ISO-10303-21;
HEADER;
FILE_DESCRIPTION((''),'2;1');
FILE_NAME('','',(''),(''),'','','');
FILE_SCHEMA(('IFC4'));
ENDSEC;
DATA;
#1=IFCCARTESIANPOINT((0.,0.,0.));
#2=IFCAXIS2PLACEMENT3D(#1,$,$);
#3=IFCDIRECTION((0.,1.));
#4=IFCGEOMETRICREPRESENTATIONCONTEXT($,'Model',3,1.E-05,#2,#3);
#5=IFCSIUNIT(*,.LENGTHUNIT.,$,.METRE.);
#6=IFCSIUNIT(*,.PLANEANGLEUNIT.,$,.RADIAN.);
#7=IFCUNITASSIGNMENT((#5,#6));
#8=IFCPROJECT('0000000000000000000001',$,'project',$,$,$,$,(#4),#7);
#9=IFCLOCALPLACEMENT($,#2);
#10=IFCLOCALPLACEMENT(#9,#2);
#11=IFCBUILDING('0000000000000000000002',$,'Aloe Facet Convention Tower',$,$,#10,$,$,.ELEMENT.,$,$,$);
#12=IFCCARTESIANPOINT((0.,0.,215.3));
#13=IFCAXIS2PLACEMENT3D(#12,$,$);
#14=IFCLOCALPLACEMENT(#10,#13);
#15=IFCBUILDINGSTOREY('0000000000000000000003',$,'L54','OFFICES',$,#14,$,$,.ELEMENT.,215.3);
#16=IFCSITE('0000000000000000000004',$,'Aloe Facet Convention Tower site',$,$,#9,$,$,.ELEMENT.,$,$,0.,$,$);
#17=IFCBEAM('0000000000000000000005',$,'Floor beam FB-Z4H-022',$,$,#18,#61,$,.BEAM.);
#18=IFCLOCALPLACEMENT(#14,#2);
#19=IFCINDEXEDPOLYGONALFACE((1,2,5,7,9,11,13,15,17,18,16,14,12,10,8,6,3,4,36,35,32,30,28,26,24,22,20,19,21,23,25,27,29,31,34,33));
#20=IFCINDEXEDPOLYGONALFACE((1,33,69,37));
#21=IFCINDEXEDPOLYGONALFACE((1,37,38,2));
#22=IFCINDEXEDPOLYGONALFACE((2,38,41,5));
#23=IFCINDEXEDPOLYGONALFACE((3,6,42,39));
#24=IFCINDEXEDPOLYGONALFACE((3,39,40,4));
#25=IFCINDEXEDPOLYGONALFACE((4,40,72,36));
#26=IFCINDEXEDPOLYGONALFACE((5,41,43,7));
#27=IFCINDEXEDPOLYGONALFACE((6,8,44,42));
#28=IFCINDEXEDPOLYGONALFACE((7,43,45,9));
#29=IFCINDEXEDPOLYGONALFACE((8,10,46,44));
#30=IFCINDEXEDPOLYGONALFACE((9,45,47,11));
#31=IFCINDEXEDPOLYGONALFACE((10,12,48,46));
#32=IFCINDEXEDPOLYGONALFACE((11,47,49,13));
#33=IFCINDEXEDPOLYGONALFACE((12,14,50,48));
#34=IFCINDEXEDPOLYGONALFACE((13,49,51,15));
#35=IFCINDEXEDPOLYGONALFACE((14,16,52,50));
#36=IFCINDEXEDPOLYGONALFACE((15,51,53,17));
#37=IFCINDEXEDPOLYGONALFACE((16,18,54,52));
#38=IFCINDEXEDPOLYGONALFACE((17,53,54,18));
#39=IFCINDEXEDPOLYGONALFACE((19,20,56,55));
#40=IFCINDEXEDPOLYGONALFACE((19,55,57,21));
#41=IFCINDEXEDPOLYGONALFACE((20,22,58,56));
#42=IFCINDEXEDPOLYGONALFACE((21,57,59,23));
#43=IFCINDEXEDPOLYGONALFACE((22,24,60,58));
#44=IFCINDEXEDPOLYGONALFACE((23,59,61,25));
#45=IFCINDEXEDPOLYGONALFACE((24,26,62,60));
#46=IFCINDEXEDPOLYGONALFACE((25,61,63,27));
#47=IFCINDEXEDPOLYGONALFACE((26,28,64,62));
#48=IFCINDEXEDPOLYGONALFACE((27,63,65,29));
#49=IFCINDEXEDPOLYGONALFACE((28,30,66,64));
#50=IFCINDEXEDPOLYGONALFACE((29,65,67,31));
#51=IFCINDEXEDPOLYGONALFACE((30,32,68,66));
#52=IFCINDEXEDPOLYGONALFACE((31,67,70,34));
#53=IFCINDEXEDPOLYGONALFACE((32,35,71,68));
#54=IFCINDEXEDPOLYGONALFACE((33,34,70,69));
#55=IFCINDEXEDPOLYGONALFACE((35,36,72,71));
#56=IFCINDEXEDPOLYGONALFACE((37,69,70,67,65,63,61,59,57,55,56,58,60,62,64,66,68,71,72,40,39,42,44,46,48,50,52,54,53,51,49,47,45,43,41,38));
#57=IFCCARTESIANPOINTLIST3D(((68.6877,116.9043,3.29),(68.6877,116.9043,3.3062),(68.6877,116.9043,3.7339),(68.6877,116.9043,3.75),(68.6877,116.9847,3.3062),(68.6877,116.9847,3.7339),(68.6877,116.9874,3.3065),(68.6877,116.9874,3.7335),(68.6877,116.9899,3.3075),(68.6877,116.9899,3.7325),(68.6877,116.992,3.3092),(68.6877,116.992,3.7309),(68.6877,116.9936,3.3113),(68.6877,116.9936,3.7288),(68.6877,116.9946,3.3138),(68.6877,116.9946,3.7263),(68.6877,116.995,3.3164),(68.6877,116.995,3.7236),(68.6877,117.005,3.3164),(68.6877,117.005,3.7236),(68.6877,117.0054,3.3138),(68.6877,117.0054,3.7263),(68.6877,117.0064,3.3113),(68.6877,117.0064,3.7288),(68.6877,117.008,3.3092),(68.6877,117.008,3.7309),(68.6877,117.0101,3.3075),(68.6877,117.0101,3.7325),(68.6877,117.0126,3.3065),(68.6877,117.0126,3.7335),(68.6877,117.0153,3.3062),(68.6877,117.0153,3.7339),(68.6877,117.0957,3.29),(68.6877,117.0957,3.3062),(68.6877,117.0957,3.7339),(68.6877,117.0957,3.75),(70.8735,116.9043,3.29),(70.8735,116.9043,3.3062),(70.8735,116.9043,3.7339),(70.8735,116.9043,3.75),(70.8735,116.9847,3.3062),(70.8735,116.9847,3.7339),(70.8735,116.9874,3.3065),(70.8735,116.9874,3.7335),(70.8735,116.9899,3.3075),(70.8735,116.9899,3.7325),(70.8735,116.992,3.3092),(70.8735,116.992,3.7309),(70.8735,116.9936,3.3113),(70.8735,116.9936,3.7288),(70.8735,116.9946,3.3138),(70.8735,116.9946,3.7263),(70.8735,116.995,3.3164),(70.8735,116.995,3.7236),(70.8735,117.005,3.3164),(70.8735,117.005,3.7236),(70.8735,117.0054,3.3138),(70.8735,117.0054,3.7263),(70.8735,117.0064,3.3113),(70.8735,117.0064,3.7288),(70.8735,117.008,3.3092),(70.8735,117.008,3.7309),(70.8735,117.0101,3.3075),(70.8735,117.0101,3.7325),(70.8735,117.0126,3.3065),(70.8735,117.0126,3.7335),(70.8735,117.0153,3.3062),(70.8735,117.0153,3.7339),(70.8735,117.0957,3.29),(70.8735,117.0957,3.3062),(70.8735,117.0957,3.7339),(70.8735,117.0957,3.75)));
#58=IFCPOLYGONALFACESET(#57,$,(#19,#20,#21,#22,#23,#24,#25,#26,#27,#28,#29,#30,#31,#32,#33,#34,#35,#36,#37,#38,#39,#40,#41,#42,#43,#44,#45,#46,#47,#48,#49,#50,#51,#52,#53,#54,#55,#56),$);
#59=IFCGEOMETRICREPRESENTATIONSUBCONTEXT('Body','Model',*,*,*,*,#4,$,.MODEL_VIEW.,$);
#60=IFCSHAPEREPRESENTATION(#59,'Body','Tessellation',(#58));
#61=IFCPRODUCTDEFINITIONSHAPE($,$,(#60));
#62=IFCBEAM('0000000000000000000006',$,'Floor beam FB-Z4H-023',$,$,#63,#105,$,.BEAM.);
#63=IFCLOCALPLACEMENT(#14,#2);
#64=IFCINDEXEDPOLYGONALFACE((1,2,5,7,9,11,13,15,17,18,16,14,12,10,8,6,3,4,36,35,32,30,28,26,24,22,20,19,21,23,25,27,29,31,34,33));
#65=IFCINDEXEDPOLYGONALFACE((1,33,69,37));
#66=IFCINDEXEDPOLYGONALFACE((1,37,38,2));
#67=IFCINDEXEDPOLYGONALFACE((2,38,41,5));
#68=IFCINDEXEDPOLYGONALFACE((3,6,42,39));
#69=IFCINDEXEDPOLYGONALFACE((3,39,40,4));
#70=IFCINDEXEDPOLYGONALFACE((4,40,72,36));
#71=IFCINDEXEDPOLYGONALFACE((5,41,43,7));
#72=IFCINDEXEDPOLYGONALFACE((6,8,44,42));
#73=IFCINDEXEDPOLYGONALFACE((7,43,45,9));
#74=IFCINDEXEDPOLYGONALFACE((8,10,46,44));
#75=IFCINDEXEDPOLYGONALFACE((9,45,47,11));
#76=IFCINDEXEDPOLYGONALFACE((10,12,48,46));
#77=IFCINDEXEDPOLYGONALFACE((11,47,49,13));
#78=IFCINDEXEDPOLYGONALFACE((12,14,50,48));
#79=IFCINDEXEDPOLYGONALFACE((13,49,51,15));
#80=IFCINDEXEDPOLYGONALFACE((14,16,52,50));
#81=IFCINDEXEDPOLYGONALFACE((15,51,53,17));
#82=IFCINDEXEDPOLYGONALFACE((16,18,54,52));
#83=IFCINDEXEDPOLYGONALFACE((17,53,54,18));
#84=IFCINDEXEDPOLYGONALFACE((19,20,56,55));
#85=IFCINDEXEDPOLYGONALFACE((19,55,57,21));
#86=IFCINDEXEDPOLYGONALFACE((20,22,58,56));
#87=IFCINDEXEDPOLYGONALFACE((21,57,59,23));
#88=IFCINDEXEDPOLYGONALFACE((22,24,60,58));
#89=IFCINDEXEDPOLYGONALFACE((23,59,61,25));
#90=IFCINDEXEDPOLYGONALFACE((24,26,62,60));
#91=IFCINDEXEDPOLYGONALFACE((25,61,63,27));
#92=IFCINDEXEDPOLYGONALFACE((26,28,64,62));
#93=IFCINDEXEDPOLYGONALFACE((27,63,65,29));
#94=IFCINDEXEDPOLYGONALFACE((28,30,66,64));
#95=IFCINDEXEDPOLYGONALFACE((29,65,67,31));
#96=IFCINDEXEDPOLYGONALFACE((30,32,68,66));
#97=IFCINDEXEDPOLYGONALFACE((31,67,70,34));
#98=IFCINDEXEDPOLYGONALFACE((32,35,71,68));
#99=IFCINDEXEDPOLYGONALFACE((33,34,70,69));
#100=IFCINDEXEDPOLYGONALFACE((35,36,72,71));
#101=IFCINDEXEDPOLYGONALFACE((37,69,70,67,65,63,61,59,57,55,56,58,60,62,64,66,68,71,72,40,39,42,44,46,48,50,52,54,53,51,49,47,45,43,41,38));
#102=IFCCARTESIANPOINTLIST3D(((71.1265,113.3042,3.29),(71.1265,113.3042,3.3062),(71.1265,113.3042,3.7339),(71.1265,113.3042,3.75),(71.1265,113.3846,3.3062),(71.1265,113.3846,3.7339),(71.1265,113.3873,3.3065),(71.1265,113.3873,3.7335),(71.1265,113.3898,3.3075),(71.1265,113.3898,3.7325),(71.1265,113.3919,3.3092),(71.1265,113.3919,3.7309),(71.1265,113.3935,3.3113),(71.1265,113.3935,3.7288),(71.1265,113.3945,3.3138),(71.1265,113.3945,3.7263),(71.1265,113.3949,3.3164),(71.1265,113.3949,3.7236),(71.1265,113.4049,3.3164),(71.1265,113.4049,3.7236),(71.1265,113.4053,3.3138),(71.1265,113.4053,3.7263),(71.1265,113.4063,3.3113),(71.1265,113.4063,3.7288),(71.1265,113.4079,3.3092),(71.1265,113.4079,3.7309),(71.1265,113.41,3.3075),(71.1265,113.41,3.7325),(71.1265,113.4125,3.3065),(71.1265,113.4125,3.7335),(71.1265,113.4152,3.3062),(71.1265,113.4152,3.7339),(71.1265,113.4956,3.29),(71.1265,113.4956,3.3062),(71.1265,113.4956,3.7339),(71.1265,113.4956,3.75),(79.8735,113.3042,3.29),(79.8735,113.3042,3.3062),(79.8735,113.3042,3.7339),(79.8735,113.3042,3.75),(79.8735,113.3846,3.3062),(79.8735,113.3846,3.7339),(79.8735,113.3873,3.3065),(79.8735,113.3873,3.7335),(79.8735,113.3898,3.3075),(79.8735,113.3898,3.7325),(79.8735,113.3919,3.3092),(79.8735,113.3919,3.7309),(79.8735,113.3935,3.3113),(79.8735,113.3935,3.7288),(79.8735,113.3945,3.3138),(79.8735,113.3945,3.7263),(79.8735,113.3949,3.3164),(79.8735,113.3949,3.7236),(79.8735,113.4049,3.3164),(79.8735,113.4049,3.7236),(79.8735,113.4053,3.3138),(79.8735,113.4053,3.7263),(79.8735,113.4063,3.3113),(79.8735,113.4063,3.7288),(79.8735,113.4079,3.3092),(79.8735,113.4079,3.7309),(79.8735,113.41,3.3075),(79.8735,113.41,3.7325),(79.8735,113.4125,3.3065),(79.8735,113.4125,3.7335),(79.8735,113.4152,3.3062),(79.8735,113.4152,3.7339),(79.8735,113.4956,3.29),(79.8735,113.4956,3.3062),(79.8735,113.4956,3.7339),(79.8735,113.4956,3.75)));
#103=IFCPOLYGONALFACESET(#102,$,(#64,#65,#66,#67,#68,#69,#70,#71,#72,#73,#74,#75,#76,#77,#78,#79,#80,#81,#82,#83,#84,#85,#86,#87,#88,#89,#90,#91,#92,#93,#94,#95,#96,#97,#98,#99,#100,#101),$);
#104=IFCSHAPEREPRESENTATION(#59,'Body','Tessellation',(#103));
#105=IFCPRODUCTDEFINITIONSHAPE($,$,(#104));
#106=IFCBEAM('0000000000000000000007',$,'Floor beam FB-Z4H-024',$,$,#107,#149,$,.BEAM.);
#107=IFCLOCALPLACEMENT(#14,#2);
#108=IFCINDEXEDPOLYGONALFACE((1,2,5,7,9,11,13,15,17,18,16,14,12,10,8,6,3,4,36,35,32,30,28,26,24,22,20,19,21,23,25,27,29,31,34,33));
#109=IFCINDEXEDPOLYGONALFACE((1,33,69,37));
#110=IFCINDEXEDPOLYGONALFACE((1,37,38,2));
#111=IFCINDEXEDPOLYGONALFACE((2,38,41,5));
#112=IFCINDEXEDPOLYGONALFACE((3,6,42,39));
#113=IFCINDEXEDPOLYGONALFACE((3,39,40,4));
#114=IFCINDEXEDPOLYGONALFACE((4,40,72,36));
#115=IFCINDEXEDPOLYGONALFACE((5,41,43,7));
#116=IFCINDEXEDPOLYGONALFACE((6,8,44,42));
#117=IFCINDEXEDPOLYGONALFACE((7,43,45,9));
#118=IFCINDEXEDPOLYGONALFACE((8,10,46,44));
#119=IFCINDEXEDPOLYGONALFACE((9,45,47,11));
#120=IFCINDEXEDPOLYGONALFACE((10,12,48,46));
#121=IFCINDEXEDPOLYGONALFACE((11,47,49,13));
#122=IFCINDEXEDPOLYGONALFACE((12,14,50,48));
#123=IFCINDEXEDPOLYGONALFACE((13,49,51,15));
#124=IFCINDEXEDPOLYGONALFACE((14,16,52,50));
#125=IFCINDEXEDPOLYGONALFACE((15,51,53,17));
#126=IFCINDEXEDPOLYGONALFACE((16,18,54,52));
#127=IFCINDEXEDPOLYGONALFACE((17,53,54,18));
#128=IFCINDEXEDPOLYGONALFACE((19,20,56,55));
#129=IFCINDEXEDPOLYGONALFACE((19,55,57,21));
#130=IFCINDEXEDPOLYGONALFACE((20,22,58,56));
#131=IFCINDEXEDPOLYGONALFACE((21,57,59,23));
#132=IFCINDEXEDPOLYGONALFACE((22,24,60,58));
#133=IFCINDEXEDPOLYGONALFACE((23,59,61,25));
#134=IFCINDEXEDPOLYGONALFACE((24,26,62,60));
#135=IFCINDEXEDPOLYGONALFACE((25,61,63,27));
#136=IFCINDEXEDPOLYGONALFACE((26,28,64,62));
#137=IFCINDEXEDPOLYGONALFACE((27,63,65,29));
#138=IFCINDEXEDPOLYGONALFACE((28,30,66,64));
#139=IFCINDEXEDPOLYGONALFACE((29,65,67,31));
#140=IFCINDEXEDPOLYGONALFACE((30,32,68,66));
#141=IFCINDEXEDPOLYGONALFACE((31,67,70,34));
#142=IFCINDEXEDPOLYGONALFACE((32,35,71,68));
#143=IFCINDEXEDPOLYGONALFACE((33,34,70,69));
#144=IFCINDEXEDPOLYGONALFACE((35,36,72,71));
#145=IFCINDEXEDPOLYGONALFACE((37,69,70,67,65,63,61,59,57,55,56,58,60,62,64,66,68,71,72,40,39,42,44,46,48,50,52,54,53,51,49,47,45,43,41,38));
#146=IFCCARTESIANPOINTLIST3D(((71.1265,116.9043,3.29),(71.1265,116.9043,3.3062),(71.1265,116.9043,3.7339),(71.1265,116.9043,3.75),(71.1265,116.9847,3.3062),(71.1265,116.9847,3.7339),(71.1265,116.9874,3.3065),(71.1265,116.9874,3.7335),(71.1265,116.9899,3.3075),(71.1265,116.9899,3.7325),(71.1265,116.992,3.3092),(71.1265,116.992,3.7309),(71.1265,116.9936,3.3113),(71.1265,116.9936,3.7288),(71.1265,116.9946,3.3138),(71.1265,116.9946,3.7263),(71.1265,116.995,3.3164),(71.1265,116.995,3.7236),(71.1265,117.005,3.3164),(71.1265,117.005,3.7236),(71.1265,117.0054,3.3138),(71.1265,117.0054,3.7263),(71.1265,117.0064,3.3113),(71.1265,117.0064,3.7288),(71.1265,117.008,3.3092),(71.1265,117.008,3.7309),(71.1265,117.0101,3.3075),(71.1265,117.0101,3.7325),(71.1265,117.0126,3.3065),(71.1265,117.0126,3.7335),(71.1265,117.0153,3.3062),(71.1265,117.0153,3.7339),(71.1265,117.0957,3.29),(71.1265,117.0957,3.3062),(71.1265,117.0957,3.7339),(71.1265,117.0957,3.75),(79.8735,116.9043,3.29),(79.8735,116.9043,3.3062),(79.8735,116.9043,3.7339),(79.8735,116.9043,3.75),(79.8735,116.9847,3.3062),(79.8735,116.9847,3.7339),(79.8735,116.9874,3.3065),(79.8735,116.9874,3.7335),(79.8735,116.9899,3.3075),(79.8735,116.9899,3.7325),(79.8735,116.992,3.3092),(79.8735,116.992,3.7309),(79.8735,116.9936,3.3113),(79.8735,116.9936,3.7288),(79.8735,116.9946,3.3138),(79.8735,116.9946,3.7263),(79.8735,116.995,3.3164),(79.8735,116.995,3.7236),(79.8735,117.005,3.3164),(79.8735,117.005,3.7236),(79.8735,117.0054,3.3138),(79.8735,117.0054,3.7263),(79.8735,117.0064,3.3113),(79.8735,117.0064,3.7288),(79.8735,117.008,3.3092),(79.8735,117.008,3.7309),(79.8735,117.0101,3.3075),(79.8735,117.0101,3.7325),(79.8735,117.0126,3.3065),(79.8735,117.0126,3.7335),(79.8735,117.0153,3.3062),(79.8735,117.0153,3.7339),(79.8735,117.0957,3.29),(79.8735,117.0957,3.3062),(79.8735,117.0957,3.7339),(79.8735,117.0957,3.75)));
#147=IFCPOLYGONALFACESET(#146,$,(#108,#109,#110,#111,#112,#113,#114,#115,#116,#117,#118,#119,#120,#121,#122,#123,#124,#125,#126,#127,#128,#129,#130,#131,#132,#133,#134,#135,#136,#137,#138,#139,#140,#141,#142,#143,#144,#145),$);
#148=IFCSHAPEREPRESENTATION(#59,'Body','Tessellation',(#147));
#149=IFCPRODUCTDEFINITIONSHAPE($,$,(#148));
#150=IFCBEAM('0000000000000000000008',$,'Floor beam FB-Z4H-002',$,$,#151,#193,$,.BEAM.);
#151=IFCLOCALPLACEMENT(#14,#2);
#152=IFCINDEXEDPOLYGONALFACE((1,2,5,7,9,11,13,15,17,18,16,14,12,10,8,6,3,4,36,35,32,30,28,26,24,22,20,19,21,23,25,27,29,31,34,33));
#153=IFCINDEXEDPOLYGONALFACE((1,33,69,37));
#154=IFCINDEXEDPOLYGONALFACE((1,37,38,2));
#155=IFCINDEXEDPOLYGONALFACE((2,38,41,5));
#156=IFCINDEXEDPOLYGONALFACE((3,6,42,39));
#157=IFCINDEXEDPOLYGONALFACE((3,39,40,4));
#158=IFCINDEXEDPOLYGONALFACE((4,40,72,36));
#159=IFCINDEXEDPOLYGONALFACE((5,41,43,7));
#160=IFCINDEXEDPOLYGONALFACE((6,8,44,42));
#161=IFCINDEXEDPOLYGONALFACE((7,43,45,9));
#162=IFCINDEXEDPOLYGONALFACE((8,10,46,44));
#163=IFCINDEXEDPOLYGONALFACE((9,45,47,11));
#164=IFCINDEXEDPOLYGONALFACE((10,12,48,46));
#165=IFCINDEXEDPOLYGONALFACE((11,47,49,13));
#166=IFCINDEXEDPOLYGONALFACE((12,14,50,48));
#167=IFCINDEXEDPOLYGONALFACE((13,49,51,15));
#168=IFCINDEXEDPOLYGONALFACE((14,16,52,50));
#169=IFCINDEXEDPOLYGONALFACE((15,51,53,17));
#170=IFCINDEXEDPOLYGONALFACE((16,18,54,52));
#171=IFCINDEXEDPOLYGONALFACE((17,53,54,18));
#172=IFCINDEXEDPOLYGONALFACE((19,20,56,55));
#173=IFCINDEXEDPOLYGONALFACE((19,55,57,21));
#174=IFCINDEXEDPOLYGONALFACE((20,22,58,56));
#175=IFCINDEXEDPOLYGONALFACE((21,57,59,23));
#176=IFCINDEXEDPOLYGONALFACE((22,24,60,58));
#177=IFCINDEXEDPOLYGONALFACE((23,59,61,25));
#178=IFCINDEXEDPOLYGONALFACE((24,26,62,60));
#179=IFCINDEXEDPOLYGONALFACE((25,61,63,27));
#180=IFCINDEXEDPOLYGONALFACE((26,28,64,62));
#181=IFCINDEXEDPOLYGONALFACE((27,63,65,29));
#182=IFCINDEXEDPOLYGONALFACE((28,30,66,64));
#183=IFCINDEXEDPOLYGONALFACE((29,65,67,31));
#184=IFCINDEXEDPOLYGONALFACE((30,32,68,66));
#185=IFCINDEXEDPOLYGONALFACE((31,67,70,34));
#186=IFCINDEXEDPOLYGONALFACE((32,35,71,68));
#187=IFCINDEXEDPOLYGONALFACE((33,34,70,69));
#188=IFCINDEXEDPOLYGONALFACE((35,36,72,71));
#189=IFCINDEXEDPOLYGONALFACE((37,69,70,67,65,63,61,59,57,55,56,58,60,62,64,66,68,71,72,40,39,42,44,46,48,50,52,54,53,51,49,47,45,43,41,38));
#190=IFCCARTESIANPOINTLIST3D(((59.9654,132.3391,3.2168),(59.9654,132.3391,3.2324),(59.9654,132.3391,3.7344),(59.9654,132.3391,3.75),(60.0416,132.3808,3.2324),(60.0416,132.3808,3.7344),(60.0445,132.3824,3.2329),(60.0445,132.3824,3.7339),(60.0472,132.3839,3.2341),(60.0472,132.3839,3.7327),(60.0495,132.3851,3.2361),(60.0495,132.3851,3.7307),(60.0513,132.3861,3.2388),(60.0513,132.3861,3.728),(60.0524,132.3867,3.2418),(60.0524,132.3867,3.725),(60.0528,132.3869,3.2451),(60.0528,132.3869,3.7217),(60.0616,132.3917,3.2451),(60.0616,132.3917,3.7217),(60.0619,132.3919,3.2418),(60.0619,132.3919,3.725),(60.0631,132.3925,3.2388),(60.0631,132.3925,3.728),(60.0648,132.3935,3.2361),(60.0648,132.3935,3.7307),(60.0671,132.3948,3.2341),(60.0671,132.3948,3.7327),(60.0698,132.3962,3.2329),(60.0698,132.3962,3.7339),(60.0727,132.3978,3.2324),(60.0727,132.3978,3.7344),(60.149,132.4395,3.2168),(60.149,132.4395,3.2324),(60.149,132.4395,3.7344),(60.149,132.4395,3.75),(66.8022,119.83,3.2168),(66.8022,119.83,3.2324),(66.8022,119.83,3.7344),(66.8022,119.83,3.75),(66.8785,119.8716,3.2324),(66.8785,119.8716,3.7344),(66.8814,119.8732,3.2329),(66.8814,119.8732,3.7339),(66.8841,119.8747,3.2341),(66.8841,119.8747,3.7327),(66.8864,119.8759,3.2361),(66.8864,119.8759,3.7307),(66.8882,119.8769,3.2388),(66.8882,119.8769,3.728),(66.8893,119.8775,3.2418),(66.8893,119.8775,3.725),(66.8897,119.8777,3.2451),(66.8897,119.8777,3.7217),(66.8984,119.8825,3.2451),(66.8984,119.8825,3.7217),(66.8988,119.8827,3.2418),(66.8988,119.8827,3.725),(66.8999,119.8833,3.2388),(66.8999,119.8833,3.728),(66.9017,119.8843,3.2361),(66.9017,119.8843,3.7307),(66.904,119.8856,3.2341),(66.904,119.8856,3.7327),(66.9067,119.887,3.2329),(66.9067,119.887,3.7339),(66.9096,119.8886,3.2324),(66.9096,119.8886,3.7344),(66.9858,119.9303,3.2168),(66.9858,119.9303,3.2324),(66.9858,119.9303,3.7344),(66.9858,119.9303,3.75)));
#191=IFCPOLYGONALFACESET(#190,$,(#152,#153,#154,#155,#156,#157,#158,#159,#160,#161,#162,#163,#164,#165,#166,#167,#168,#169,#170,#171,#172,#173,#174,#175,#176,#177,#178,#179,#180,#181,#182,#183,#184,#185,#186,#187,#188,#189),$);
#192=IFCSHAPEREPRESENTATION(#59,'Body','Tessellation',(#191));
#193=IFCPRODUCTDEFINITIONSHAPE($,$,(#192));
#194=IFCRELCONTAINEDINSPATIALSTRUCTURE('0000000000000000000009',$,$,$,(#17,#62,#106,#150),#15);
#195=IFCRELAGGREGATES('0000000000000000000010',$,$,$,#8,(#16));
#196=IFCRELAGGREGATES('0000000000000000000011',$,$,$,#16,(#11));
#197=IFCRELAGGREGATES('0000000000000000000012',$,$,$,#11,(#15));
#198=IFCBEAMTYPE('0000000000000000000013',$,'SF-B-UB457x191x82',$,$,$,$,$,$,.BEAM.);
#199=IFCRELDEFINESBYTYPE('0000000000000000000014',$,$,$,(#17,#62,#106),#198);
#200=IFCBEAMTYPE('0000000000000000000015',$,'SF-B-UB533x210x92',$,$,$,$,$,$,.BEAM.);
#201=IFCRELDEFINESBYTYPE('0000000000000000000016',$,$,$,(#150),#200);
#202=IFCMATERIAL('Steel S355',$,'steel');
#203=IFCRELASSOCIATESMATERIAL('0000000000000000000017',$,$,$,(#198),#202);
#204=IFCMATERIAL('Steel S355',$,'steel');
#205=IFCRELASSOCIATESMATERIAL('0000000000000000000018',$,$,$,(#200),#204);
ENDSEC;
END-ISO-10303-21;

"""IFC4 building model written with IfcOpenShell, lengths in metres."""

from ifc_helpers import new_model, si_unit, direction, frame, origin, origin_2d, place, context, subcontext, project, spatial, i_section, extrude, material, material_profile, profile_set, type_object, element, save


model = new_model("IFC4")

# Units and contexts
model_context = context("Model", 3, precision=1e-05, world=origin(), true_north=direction((0.0, 1.0)))
body_context = subcontext(model_context, "Body", "Model", "MODEL_VIEW")
ifc_project = project(units=[si_unit("LENGTHUNIT", "METRE"), si_unit("PLANEANGLEUNIT", "RADIAN")], contexts=[model_context])

# Site, building, storey
site_placement = place(None, origin())
site = spatial("IfcSite", under=ifc_project, at=site_placement, Name="Aloe Facet Convention Tower site", CompositionType="ELEMENT", RefElevation=0.0)
building_placement = place(site_placement, origin())
building = spatial("IfcBuilding", under=site, at=building_placement, Name="Aloe Facet Convention Tower", CompositionType="ELEMENT")
storey_placement = place(building_placement, frame((0.0, 0.0, 215.3)))
storey = spatial("IfcBuildingStorey", under=building, at=storey_placement, Name="L54", Description="OFFICES", CompositionType="ELEMENT", Elevation=215.3)

# Beams
ifc_material_1 = material(Name="Steel S355", Category="steel")
ifc_material_profile_1 = material_profile(ifc_material_1, i_section(OverallWidth=0.1914, OverallDepth=0.46, WebThickness=0.01, FlangeThickness=0.0161, FilletRadius=0.0103, at=origin_2d()), Name="UB 457x191x82")
ifc_profile_set_1 = profile_set([ifc_material_profile_1], Name="Steel S355")
beam_type_1 = type_object("IfcBeamType", Name="SF-B-UB457x191x82", PredefinedType="BEAM", material=ifc_profile_set_1)
beam_1_placement = place(storey_placement, frame((68.6877, 117.0, 3.52), z_axis=(1.0, 0.0, 0.0), x_axis=(0.0, 1.0, 0.0)))
element("IfcBeam", 1, at=beam_1_placement, inside=storey, type_object=beam_type_1, Name="Floor beam FB-Z4H-022", PredefinedType="BEAM", context=body_context, shape_type="SweptSolid", body=[
    extrude(i_section(OverallWidth=0.1914, OverallDepth=0.46, WebThickness=0.01, FlangeThickness=0.0161, FilletRadius=0.0103, at=origin_2d()), origin(), (0.0, 0.0, 1.0), 2.1858),
])
for number, where, z_axis, x_axis, name in (
    (2, (71.1265, 113.3999, 3.52), (1.0, 0.0, 0.0), (0.0, 1.0, 0.0), "Floor beam FB-Z4H-023"),
    (3, (71.1265, 117.0, 3.52), (1.0, 0.0, 0.0), (0.0, 1.0, 0.0), "Floor beam FB-Z4H-024"),
):
    element("IfcBeam", number, at=place(storey_placement, frame(where, z_axis=z_axis, x_axis=x_axis)), inside=storey, type_object=beam_type_1, Name=name, PredefinedType="BEAM", context=body_context, shape_type="SweptSolid", body=[
        extrude(i_section(OverallWidth=0.1914, OverallDepth=0.46, WebThickness=0.01, FlangeThickness=0.0161, FilletRadius=0.0103, at=origin_2d()), origin(), (0.0, 0.0, 1.0), 8.7471),
    ])
ifc_material_2 = material(Name="Steel S355", Category="steel")
ifc_material_profile_2 = material_profile(ifc_material_2, i_section(OverallWidth=0.2092, OverallDepth=0.5332, WebThickness=0.01, FlangeThickness=0.0156, FilletRadius=0.0127, at=origin_2d()), Name="UB 533x210x92")
ifc_profile_set_2 = profile_set([ifc_material_profile_2], Name="Steel S355")
beam_type_2 = type_object("IfcBeamType", Name="SF-B-UB533x210x92", PredefinedType="BEAM", material=ifc_profile_set_2)
beam_2_placement = place(storey_placement, frame((66.894, 119.8801, 3.4834), z_axis=(-0.479591, 0.877492, 0.0), x_axis=(-0.877492, -0.479591, 0.0)))
element("IfcBeam", 4, at=beam_2_placement, inside=storey, type_object=beam_type_2, Name="Floor beam FB-Z4H-002", PredefinedType="BEAM", context=body_context, shape_type="SweptSolid", body=[
    extrude(i_section(OverallWidth=0.2092, OverallDepth=0.5332, WebThickness=0.01, FlangeThickness=0.0156, FilletRadius=0.0127, at=origin_2d()), origin(), (0.0, 0.0, 1.0), 14.2556),
])

save(model, "model.ifc")
